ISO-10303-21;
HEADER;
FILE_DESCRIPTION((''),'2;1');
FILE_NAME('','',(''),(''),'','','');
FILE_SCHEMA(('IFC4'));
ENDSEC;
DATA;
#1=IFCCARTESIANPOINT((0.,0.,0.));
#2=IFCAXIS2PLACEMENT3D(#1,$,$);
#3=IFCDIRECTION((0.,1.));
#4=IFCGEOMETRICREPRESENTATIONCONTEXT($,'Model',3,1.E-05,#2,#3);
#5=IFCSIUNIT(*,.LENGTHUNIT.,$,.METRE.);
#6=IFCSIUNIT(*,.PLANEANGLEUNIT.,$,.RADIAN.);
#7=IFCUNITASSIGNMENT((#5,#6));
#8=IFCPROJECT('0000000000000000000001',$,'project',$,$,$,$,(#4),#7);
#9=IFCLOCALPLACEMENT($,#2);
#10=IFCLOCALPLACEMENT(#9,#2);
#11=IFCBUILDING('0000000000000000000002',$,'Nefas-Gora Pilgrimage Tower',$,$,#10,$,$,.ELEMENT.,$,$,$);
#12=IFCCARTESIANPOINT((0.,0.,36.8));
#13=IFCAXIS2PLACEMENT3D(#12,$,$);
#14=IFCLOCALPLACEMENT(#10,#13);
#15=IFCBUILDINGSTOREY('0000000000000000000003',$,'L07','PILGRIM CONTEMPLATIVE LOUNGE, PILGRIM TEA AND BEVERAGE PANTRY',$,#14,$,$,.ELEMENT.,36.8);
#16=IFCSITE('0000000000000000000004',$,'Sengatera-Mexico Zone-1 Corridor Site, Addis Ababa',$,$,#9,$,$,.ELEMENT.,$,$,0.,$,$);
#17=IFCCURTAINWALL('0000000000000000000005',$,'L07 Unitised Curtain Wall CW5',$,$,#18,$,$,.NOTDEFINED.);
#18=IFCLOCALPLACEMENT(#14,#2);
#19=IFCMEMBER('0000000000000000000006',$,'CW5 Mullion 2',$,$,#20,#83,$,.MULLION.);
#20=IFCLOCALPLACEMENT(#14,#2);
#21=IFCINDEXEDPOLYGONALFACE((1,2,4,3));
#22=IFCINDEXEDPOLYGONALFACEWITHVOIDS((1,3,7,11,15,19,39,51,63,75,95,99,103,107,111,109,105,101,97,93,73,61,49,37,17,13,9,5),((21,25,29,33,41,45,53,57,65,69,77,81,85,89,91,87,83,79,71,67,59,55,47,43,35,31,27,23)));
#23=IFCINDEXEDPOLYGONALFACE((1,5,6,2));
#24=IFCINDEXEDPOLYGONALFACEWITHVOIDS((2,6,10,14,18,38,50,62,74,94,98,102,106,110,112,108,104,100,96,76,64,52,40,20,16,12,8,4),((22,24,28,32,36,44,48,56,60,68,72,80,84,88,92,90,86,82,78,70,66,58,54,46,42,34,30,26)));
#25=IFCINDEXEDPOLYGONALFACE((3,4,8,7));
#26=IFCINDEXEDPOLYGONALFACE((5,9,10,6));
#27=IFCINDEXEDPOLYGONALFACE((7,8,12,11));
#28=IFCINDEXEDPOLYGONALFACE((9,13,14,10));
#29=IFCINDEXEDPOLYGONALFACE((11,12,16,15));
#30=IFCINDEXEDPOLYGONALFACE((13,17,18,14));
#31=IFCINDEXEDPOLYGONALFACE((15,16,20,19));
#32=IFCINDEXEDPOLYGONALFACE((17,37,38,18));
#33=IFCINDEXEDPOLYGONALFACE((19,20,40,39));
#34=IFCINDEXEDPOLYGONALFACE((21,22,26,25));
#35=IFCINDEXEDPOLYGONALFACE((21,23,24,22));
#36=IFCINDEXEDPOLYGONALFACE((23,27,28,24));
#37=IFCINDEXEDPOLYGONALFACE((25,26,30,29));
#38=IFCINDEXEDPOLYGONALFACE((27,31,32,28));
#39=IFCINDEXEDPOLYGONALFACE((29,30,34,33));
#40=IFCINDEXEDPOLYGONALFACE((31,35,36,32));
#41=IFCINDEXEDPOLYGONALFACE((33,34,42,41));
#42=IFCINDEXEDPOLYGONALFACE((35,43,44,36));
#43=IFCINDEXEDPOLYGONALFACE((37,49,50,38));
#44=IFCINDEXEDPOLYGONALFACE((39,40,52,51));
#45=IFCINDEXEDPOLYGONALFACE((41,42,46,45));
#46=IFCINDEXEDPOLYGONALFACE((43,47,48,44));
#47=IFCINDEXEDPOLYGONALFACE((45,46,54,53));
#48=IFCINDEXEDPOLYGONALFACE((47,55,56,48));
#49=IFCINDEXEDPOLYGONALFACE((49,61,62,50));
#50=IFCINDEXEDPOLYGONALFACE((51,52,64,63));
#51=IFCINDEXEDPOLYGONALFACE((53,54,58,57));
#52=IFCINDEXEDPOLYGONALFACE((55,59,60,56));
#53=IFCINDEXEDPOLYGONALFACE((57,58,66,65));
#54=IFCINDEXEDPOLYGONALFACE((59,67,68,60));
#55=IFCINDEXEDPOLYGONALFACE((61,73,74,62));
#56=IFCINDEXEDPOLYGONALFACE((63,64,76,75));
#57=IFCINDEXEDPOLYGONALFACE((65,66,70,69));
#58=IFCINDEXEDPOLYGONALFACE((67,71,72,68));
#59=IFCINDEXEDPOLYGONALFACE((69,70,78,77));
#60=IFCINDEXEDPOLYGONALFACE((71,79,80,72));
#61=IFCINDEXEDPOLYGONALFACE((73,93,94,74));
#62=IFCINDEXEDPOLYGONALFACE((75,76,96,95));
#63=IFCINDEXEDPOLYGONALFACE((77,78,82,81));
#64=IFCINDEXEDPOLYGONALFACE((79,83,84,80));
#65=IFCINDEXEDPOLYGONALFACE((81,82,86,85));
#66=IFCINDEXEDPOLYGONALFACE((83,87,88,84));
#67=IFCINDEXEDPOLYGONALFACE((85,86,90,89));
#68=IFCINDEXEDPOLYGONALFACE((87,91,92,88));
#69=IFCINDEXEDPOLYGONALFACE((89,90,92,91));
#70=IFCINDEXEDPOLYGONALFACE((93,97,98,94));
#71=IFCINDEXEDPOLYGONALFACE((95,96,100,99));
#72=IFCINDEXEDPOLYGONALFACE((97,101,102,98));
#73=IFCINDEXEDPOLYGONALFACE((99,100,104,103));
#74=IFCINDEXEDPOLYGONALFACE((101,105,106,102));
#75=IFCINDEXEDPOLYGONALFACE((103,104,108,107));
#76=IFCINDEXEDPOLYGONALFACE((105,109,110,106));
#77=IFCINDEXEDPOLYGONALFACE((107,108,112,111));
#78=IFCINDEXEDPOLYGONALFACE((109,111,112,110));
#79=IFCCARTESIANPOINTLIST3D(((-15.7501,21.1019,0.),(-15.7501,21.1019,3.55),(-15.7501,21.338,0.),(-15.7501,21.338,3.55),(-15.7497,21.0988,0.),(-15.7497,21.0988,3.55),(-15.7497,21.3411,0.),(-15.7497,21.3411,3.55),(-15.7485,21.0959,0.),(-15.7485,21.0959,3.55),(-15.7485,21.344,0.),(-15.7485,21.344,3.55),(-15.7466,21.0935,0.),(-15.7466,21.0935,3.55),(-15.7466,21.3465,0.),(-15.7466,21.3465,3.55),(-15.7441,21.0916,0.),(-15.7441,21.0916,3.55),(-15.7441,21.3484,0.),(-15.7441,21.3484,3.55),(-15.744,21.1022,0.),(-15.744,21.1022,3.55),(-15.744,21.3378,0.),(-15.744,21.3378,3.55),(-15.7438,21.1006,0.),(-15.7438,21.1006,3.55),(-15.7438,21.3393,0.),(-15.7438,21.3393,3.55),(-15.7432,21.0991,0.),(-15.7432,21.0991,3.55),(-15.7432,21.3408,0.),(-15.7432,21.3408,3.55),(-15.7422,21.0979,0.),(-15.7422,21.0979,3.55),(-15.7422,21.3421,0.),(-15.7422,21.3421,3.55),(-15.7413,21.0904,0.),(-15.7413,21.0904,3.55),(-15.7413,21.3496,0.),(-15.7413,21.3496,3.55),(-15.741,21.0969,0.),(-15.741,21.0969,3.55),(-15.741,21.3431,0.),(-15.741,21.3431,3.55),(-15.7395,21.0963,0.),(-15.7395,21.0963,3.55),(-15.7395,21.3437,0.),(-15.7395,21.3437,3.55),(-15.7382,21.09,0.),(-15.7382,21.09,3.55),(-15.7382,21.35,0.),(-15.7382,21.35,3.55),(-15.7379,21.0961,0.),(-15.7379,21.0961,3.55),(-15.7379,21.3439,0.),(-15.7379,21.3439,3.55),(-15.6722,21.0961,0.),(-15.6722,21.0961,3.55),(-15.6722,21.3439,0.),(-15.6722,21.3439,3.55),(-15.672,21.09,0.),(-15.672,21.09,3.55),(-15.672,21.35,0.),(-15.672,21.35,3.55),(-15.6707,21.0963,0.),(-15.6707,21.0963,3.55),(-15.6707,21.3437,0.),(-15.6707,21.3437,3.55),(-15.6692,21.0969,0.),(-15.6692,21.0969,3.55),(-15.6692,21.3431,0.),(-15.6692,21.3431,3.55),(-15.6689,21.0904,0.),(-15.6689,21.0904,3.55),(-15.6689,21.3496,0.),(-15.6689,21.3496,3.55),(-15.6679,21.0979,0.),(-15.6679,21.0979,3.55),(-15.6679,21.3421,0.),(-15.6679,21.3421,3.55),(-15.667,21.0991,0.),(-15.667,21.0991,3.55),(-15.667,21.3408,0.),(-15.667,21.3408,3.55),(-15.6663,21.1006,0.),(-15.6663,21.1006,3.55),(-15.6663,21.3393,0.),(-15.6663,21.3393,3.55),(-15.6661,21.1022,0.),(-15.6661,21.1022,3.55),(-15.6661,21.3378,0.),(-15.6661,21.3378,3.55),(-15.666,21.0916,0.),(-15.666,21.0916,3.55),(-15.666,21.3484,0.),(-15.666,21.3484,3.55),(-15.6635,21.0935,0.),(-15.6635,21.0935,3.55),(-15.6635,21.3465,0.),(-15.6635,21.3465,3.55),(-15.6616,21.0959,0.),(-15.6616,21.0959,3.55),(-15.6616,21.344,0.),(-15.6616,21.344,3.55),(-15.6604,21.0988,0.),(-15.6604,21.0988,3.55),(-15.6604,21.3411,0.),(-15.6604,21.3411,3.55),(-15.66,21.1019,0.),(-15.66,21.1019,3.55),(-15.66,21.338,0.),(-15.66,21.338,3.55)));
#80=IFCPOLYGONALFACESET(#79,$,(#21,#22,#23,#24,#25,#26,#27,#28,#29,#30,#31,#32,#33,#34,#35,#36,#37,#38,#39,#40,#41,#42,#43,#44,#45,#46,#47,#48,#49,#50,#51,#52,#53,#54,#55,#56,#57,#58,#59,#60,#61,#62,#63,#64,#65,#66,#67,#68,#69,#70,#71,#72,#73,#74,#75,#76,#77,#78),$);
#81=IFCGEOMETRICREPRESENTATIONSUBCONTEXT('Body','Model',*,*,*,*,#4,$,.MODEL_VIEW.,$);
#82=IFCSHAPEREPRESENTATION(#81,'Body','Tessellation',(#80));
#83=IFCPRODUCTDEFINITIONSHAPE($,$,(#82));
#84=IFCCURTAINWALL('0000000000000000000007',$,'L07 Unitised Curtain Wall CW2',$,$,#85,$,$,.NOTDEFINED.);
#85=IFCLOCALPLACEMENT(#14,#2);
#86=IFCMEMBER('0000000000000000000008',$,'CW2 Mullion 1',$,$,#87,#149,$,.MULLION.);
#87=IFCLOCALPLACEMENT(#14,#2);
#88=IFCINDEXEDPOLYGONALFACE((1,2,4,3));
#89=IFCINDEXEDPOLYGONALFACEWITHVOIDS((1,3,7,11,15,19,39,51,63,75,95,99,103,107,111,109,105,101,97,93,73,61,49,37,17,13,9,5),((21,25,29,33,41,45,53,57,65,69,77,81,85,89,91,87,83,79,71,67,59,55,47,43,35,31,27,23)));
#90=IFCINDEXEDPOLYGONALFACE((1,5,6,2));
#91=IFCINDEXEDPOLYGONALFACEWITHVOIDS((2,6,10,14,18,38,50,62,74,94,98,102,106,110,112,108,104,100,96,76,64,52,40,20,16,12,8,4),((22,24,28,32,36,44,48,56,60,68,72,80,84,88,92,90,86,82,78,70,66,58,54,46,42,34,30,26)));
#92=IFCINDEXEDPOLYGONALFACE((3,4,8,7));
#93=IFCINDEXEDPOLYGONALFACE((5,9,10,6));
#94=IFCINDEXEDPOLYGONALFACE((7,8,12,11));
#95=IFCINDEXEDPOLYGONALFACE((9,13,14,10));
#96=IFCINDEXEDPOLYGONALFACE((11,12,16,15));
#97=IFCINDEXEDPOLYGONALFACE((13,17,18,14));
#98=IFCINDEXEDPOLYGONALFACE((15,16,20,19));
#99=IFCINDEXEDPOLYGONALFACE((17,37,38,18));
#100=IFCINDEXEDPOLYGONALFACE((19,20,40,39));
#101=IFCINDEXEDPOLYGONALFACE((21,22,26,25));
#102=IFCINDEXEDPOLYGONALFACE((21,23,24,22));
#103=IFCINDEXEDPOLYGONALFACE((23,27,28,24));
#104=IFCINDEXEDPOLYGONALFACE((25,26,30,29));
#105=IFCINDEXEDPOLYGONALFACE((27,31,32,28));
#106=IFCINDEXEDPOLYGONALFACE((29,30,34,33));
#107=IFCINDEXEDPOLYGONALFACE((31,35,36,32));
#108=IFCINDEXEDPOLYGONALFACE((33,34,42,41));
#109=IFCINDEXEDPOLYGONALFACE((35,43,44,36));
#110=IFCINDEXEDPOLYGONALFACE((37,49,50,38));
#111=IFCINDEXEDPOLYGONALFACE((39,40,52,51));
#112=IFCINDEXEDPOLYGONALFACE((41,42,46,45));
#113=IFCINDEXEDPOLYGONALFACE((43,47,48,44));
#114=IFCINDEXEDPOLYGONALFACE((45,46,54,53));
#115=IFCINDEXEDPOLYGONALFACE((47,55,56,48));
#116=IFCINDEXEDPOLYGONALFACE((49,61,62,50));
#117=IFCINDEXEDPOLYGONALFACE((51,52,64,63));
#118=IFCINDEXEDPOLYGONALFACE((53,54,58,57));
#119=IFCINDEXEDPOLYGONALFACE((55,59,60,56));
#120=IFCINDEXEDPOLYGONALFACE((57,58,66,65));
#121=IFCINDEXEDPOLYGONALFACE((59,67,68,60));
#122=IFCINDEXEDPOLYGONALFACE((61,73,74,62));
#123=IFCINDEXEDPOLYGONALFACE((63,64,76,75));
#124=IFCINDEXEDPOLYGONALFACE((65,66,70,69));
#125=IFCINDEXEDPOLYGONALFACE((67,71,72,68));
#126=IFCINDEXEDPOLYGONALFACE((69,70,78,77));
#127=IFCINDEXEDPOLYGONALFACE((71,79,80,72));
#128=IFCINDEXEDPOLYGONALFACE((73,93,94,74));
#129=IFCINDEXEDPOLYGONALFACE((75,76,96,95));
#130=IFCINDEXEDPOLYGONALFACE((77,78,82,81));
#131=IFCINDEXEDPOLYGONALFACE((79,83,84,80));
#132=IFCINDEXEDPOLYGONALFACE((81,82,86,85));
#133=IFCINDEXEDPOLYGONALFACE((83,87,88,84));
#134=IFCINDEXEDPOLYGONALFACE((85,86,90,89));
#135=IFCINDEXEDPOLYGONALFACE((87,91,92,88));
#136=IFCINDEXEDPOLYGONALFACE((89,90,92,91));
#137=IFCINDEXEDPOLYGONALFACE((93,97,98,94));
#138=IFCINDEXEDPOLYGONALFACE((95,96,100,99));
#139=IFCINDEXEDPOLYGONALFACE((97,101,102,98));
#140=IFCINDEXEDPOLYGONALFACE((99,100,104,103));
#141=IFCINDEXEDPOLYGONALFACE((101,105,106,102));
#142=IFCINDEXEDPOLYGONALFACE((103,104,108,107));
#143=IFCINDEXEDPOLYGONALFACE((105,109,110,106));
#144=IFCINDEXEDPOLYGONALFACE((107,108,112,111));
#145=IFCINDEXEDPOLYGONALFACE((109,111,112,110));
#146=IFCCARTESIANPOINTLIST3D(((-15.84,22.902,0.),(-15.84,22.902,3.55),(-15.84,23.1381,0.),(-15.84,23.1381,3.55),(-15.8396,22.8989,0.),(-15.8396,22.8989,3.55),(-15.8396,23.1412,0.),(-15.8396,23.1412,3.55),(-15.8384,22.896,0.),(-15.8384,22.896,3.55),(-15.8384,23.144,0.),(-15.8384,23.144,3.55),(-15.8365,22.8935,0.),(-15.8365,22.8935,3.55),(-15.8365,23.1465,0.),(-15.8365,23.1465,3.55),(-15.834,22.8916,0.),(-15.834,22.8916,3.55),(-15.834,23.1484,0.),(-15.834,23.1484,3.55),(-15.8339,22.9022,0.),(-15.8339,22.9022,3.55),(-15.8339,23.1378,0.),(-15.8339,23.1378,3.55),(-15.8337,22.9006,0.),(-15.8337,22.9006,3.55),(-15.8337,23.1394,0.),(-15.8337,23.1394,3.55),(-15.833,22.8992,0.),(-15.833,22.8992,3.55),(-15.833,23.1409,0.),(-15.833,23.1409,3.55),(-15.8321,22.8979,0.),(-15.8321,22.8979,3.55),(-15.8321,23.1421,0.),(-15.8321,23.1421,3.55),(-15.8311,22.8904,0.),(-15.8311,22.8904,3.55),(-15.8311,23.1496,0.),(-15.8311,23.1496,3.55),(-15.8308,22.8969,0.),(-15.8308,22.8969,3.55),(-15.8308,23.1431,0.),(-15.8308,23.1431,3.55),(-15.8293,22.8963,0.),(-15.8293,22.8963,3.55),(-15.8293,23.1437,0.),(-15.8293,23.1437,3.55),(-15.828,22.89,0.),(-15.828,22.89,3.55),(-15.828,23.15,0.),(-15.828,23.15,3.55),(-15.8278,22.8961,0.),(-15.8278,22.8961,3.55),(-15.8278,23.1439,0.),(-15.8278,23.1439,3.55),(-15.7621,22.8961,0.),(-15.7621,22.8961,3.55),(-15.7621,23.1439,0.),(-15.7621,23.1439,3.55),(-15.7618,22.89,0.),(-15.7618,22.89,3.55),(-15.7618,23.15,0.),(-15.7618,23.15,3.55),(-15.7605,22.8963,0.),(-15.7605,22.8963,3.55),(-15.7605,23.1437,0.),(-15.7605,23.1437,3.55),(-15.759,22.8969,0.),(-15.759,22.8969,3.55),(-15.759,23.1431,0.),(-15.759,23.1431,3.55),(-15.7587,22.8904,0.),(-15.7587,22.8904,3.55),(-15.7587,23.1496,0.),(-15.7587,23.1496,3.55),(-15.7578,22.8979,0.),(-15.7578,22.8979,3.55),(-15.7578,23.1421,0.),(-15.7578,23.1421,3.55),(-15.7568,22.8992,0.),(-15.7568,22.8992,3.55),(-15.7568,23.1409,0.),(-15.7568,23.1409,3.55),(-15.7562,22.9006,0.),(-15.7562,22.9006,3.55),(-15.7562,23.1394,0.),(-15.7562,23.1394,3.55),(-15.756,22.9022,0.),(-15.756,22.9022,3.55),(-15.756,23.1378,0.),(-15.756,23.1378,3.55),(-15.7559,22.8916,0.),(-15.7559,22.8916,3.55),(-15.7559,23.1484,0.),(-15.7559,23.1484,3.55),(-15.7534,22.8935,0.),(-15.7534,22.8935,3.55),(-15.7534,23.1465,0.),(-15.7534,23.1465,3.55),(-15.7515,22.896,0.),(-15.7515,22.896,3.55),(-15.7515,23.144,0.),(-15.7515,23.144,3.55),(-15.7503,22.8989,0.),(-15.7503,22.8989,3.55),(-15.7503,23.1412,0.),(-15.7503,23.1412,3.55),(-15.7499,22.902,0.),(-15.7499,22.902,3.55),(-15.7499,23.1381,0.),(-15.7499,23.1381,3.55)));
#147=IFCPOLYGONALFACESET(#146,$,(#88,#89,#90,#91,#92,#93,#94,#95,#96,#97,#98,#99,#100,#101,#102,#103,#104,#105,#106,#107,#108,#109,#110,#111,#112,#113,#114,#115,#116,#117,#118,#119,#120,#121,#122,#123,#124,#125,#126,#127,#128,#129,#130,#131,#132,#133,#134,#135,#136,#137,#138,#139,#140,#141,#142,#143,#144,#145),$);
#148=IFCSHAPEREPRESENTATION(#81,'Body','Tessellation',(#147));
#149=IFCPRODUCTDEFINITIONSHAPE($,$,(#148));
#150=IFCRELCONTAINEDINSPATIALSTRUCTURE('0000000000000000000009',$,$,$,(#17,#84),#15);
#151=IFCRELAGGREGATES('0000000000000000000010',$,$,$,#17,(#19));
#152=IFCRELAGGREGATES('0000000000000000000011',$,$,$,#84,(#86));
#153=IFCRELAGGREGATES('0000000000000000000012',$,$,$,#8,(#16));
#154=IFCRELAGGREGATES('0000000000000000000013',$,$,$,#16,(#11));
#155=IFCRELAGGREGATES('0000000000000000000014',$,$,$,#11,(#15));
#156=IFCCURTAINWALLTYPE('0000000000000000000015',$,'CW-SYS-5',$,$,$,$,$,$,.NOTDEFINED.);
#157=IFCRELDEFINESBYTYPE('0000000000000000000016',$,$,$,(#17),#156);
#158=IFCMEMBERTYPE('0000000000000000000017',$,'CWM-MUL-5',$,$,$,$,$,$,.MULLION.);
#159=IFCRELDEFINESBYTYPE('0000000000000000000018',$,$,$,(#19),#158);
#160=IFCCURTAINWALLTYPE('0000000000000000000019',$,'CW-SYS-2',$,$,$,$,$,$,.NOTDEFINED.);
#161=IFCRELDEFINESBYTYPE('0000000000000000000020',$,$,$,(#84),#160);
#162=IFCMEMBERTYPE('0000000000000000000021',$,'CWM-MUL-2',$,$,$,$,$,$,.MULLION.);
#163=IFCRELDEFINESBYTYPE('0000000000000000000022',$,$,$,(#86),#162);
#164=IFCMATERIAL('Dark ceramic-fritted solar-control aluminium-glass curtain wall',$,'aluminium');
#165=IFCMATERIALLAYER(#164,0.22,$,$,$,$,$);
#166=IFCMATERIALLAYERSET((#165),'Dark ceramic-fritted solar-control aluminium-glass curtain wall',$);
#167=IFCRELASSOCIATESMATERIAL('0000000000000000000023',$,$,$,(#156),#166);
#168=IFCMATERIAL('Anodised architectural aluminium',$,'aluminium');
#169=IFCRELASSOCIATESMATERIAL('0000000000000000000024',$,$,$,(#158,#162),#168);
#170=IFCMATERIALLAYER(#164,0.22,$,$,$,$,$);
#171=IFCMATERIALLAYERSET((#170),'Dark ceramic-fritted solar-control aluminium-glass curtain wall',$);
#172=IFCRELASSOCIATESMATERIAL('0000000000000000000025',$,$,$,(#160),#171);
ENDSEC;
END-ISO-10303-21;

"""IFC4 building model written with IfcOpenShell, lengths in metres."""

from ifc_helpers import new_model, si_unit, direction, frame, origin, origin_2d, place, context, subcontext, project, spatial, hollow_rectangle, extrude, source, transform, mapped, material, layer, layer_set, material_profile, profile_set, type_object, element, aggregate, save


model = new_model("IFC4")

# Units and contexts
model_context = context("Model", 3, precision=1e-05, world=origin(), true_north=direction((0.0, 1.0)))
body_context = subcontext(model_context, "Body", "Model", "MODEL_VIEW")
ifc_project = project(units=[si_unit("LENGTHUNIT", "METRE"), si_unit("PLANEANGLEUNIT", "RADIAN")], contexts=[model_context])

# Site, building, storey
site_placement = place(None, origin())
site = spatial("IfcSite", under=ifc_project, at=site_placement, Name="Sengatera-Mexico Zone-1 Corridor Site, Addis Ababa", CompositionType="ELEMENT", RefElevation=0.0)
building_placement = place(site_placement, origin())
building = spatial("IfcBuilding", under=site, at=building_placement, Name="Nefas-Gora Pilgrimage Tower", CompositionType="ELEMENT")
storey_placement = place(building_placement, frame((0.0, 0.0, 36.8)))
storey = spatial("IfcBuildingStorey", under=building, at=storey_placement, Name="L07", Description="PILGRIM CONTEMPLATIVE LOUNGE, PILGRIM TEA AND BEVERAGE PANTRY", CompositionType="ELEMENT", Elevation=36.8)

# Curtain wall, member
ifc_material_1 = material(Name="Dark ceramic-fritted solar-control aluminium-glass curtain wall", Category="aluminium")
ifc_layer_1 = layer(ifc_material_1, 0.22)
ifc_layer_set_1 = layer_set([ifc_layer_1], Name="Dark ceramic-fritted solar-control aluminium-glass curtain wall")
curtain_wall_type_1 = type_object("IfcCurtainWallType", Name="CW-SYS-5", PredefinedType="NOTDEFINED", material=ifc_layer_set_1)
curtain_wall_1_placement = place(storey_placement, origin())
curtain_wall_1 = element("IfcCurtainWall", 1, at=curtain_wall_1_placement, inside=storey, type_object=curtain_wall_type_1, Name="L07 Unitised Curtain Wall CW5", PredefinedType="NOTDEFINED")
ifc_material_2 = material(Name="Anodised architectural aluminium", Category="aluminium")
ifc_material_profile_1 = material_profile(ifc_material_2, hollow_rectangle(XDim=0.0901, YDim=0.26, WallThickness=0.0061, InnerFilletRadius=0.0061, OuterFilletRadius=0.012, at=origin_2d()), Name="ALU MULLION 90x260")
ifc_profile_set_1 = profile_set([ifc_material_profile_1], Name="Anodised architectural aluminium")
member_type_1 = type_object("IfcMemberType", Name="CWM-MUL-5", PredefinedType="MULLION", material=ifc_profile_set_1)
shared_shape_1 = source(origin(), body_context, "Body", "SweptSolid", [
    extrude(hollow_rectangle(XDim=0.0901, YDim=0.26, WallThickness=0.0061, InnerFilletRadius=0.0061, OuterFilletRadius=0.012, at=origin_2d()), origin(), (0.0, 0.0, 1.0), 3.55),
])
member_1_placement = place(storey_placement, frame((-15.7051, 21.22, 0.0), z_axis=(0.0, 0.0, 1.0), x_axis=(-1.0, 0.0, 0.0)))
member_1 = element("IfcMember", 2, at=member_1_placement, type_object=member_type_1, Name="CW5 Mullion 2", PredefinedType="MULLION", context=body_context, shape_type="MappedRepresentation", body=[
    mapped(shared_shape_1, transform((0.0, 0.0, 0.0), x_axis=(1.0, 0.0, 0.0), y_axis=(0.0, 1.0, 0.0), z_axis=(0.0, 0.0, 1.0), scale=1.0)),
])

# Curtain wall, member
ifc_layer_2 = layer(ifc_material_1, 0.22)
ifc_layer_set_2 = layer_set([ifc_layer_2], Name="Dark ceramic-fritted solar-control aluminium-glass curtain wall")
curtain_wall_type_2 = type_object("IfcCurtainWallType", Name="CW-SYS-2", PredefinedType="NOTDEFINED", material=ifc_layer_set_2)
curtain_wall_2_placement = place(storey_placement, origin())
curtain_wall_2 = element("IfcCurtainWall", 3, at=curtain_wall_2_placement, inside=storey, type_object=curtain_wall_type_2, Name="L07 Unitised Curtain Wall CW2", PredefinedType="NOTDEFINED")
ifc_material_profile_2 = material_profile(ifc_material_2, hollow_rectangle(XDim=0.0901, YDim=0.26, WallThickness=0.0061, InnerFilletRadius=0.0061, OuterFilletRadius=0.012, at=origin_2d()), Name="ALU MULLION 90x260")
ifc_profile_set_2 = profile_set([ifc_material_profile_2], Name="Anodised architectural aluminium")
member_type_2 = type_object("IfcMemberType", Name="CWM-MUL-2", PredefinedType="MULLION", material=ifc_profile_set_2)
shared_shape_2 = source(origin(), body_context, "Body", "SweptSolid", [
    extrude(hollow_rectangle(XDim=0.0901, YDim=0.26, WallThickness=0.0061, InnerFilletRadius=0.0061, OuterFilletRadius=0.012, at=origin_2d()), origin(), (0.0, 0.0, 1.0), 3.55),
])
member_2_placement = place(storey_placement, frame((-15.7949, 23.02, 0.0), z_axis=(0.0, 0.0, 1.0), x_axis=(-1.0, 0.0, 0.0)))
member_2 = element("IfcMember", 4, at=member_2_placement, type_object=member_type_2, Name="CW2 Mullion 1", PredefinedType="MULLION", context=body_context, shape_type="MappedRepresentation", body=[
    mapped(shared_shape_2, transform((0.0, 0.0, 0.0), x_axis=(1.0, 0.0, 0.0), y_axis=(0.0, 1.0, 0.0), z_axis=(0.0, 0.0, 1.0), scale=1.0)),
])

aggregate(curtain_wall_1, [member_1])
aggregate(curtain_wall_2, [member_2])

save(model, "model.ifc")
